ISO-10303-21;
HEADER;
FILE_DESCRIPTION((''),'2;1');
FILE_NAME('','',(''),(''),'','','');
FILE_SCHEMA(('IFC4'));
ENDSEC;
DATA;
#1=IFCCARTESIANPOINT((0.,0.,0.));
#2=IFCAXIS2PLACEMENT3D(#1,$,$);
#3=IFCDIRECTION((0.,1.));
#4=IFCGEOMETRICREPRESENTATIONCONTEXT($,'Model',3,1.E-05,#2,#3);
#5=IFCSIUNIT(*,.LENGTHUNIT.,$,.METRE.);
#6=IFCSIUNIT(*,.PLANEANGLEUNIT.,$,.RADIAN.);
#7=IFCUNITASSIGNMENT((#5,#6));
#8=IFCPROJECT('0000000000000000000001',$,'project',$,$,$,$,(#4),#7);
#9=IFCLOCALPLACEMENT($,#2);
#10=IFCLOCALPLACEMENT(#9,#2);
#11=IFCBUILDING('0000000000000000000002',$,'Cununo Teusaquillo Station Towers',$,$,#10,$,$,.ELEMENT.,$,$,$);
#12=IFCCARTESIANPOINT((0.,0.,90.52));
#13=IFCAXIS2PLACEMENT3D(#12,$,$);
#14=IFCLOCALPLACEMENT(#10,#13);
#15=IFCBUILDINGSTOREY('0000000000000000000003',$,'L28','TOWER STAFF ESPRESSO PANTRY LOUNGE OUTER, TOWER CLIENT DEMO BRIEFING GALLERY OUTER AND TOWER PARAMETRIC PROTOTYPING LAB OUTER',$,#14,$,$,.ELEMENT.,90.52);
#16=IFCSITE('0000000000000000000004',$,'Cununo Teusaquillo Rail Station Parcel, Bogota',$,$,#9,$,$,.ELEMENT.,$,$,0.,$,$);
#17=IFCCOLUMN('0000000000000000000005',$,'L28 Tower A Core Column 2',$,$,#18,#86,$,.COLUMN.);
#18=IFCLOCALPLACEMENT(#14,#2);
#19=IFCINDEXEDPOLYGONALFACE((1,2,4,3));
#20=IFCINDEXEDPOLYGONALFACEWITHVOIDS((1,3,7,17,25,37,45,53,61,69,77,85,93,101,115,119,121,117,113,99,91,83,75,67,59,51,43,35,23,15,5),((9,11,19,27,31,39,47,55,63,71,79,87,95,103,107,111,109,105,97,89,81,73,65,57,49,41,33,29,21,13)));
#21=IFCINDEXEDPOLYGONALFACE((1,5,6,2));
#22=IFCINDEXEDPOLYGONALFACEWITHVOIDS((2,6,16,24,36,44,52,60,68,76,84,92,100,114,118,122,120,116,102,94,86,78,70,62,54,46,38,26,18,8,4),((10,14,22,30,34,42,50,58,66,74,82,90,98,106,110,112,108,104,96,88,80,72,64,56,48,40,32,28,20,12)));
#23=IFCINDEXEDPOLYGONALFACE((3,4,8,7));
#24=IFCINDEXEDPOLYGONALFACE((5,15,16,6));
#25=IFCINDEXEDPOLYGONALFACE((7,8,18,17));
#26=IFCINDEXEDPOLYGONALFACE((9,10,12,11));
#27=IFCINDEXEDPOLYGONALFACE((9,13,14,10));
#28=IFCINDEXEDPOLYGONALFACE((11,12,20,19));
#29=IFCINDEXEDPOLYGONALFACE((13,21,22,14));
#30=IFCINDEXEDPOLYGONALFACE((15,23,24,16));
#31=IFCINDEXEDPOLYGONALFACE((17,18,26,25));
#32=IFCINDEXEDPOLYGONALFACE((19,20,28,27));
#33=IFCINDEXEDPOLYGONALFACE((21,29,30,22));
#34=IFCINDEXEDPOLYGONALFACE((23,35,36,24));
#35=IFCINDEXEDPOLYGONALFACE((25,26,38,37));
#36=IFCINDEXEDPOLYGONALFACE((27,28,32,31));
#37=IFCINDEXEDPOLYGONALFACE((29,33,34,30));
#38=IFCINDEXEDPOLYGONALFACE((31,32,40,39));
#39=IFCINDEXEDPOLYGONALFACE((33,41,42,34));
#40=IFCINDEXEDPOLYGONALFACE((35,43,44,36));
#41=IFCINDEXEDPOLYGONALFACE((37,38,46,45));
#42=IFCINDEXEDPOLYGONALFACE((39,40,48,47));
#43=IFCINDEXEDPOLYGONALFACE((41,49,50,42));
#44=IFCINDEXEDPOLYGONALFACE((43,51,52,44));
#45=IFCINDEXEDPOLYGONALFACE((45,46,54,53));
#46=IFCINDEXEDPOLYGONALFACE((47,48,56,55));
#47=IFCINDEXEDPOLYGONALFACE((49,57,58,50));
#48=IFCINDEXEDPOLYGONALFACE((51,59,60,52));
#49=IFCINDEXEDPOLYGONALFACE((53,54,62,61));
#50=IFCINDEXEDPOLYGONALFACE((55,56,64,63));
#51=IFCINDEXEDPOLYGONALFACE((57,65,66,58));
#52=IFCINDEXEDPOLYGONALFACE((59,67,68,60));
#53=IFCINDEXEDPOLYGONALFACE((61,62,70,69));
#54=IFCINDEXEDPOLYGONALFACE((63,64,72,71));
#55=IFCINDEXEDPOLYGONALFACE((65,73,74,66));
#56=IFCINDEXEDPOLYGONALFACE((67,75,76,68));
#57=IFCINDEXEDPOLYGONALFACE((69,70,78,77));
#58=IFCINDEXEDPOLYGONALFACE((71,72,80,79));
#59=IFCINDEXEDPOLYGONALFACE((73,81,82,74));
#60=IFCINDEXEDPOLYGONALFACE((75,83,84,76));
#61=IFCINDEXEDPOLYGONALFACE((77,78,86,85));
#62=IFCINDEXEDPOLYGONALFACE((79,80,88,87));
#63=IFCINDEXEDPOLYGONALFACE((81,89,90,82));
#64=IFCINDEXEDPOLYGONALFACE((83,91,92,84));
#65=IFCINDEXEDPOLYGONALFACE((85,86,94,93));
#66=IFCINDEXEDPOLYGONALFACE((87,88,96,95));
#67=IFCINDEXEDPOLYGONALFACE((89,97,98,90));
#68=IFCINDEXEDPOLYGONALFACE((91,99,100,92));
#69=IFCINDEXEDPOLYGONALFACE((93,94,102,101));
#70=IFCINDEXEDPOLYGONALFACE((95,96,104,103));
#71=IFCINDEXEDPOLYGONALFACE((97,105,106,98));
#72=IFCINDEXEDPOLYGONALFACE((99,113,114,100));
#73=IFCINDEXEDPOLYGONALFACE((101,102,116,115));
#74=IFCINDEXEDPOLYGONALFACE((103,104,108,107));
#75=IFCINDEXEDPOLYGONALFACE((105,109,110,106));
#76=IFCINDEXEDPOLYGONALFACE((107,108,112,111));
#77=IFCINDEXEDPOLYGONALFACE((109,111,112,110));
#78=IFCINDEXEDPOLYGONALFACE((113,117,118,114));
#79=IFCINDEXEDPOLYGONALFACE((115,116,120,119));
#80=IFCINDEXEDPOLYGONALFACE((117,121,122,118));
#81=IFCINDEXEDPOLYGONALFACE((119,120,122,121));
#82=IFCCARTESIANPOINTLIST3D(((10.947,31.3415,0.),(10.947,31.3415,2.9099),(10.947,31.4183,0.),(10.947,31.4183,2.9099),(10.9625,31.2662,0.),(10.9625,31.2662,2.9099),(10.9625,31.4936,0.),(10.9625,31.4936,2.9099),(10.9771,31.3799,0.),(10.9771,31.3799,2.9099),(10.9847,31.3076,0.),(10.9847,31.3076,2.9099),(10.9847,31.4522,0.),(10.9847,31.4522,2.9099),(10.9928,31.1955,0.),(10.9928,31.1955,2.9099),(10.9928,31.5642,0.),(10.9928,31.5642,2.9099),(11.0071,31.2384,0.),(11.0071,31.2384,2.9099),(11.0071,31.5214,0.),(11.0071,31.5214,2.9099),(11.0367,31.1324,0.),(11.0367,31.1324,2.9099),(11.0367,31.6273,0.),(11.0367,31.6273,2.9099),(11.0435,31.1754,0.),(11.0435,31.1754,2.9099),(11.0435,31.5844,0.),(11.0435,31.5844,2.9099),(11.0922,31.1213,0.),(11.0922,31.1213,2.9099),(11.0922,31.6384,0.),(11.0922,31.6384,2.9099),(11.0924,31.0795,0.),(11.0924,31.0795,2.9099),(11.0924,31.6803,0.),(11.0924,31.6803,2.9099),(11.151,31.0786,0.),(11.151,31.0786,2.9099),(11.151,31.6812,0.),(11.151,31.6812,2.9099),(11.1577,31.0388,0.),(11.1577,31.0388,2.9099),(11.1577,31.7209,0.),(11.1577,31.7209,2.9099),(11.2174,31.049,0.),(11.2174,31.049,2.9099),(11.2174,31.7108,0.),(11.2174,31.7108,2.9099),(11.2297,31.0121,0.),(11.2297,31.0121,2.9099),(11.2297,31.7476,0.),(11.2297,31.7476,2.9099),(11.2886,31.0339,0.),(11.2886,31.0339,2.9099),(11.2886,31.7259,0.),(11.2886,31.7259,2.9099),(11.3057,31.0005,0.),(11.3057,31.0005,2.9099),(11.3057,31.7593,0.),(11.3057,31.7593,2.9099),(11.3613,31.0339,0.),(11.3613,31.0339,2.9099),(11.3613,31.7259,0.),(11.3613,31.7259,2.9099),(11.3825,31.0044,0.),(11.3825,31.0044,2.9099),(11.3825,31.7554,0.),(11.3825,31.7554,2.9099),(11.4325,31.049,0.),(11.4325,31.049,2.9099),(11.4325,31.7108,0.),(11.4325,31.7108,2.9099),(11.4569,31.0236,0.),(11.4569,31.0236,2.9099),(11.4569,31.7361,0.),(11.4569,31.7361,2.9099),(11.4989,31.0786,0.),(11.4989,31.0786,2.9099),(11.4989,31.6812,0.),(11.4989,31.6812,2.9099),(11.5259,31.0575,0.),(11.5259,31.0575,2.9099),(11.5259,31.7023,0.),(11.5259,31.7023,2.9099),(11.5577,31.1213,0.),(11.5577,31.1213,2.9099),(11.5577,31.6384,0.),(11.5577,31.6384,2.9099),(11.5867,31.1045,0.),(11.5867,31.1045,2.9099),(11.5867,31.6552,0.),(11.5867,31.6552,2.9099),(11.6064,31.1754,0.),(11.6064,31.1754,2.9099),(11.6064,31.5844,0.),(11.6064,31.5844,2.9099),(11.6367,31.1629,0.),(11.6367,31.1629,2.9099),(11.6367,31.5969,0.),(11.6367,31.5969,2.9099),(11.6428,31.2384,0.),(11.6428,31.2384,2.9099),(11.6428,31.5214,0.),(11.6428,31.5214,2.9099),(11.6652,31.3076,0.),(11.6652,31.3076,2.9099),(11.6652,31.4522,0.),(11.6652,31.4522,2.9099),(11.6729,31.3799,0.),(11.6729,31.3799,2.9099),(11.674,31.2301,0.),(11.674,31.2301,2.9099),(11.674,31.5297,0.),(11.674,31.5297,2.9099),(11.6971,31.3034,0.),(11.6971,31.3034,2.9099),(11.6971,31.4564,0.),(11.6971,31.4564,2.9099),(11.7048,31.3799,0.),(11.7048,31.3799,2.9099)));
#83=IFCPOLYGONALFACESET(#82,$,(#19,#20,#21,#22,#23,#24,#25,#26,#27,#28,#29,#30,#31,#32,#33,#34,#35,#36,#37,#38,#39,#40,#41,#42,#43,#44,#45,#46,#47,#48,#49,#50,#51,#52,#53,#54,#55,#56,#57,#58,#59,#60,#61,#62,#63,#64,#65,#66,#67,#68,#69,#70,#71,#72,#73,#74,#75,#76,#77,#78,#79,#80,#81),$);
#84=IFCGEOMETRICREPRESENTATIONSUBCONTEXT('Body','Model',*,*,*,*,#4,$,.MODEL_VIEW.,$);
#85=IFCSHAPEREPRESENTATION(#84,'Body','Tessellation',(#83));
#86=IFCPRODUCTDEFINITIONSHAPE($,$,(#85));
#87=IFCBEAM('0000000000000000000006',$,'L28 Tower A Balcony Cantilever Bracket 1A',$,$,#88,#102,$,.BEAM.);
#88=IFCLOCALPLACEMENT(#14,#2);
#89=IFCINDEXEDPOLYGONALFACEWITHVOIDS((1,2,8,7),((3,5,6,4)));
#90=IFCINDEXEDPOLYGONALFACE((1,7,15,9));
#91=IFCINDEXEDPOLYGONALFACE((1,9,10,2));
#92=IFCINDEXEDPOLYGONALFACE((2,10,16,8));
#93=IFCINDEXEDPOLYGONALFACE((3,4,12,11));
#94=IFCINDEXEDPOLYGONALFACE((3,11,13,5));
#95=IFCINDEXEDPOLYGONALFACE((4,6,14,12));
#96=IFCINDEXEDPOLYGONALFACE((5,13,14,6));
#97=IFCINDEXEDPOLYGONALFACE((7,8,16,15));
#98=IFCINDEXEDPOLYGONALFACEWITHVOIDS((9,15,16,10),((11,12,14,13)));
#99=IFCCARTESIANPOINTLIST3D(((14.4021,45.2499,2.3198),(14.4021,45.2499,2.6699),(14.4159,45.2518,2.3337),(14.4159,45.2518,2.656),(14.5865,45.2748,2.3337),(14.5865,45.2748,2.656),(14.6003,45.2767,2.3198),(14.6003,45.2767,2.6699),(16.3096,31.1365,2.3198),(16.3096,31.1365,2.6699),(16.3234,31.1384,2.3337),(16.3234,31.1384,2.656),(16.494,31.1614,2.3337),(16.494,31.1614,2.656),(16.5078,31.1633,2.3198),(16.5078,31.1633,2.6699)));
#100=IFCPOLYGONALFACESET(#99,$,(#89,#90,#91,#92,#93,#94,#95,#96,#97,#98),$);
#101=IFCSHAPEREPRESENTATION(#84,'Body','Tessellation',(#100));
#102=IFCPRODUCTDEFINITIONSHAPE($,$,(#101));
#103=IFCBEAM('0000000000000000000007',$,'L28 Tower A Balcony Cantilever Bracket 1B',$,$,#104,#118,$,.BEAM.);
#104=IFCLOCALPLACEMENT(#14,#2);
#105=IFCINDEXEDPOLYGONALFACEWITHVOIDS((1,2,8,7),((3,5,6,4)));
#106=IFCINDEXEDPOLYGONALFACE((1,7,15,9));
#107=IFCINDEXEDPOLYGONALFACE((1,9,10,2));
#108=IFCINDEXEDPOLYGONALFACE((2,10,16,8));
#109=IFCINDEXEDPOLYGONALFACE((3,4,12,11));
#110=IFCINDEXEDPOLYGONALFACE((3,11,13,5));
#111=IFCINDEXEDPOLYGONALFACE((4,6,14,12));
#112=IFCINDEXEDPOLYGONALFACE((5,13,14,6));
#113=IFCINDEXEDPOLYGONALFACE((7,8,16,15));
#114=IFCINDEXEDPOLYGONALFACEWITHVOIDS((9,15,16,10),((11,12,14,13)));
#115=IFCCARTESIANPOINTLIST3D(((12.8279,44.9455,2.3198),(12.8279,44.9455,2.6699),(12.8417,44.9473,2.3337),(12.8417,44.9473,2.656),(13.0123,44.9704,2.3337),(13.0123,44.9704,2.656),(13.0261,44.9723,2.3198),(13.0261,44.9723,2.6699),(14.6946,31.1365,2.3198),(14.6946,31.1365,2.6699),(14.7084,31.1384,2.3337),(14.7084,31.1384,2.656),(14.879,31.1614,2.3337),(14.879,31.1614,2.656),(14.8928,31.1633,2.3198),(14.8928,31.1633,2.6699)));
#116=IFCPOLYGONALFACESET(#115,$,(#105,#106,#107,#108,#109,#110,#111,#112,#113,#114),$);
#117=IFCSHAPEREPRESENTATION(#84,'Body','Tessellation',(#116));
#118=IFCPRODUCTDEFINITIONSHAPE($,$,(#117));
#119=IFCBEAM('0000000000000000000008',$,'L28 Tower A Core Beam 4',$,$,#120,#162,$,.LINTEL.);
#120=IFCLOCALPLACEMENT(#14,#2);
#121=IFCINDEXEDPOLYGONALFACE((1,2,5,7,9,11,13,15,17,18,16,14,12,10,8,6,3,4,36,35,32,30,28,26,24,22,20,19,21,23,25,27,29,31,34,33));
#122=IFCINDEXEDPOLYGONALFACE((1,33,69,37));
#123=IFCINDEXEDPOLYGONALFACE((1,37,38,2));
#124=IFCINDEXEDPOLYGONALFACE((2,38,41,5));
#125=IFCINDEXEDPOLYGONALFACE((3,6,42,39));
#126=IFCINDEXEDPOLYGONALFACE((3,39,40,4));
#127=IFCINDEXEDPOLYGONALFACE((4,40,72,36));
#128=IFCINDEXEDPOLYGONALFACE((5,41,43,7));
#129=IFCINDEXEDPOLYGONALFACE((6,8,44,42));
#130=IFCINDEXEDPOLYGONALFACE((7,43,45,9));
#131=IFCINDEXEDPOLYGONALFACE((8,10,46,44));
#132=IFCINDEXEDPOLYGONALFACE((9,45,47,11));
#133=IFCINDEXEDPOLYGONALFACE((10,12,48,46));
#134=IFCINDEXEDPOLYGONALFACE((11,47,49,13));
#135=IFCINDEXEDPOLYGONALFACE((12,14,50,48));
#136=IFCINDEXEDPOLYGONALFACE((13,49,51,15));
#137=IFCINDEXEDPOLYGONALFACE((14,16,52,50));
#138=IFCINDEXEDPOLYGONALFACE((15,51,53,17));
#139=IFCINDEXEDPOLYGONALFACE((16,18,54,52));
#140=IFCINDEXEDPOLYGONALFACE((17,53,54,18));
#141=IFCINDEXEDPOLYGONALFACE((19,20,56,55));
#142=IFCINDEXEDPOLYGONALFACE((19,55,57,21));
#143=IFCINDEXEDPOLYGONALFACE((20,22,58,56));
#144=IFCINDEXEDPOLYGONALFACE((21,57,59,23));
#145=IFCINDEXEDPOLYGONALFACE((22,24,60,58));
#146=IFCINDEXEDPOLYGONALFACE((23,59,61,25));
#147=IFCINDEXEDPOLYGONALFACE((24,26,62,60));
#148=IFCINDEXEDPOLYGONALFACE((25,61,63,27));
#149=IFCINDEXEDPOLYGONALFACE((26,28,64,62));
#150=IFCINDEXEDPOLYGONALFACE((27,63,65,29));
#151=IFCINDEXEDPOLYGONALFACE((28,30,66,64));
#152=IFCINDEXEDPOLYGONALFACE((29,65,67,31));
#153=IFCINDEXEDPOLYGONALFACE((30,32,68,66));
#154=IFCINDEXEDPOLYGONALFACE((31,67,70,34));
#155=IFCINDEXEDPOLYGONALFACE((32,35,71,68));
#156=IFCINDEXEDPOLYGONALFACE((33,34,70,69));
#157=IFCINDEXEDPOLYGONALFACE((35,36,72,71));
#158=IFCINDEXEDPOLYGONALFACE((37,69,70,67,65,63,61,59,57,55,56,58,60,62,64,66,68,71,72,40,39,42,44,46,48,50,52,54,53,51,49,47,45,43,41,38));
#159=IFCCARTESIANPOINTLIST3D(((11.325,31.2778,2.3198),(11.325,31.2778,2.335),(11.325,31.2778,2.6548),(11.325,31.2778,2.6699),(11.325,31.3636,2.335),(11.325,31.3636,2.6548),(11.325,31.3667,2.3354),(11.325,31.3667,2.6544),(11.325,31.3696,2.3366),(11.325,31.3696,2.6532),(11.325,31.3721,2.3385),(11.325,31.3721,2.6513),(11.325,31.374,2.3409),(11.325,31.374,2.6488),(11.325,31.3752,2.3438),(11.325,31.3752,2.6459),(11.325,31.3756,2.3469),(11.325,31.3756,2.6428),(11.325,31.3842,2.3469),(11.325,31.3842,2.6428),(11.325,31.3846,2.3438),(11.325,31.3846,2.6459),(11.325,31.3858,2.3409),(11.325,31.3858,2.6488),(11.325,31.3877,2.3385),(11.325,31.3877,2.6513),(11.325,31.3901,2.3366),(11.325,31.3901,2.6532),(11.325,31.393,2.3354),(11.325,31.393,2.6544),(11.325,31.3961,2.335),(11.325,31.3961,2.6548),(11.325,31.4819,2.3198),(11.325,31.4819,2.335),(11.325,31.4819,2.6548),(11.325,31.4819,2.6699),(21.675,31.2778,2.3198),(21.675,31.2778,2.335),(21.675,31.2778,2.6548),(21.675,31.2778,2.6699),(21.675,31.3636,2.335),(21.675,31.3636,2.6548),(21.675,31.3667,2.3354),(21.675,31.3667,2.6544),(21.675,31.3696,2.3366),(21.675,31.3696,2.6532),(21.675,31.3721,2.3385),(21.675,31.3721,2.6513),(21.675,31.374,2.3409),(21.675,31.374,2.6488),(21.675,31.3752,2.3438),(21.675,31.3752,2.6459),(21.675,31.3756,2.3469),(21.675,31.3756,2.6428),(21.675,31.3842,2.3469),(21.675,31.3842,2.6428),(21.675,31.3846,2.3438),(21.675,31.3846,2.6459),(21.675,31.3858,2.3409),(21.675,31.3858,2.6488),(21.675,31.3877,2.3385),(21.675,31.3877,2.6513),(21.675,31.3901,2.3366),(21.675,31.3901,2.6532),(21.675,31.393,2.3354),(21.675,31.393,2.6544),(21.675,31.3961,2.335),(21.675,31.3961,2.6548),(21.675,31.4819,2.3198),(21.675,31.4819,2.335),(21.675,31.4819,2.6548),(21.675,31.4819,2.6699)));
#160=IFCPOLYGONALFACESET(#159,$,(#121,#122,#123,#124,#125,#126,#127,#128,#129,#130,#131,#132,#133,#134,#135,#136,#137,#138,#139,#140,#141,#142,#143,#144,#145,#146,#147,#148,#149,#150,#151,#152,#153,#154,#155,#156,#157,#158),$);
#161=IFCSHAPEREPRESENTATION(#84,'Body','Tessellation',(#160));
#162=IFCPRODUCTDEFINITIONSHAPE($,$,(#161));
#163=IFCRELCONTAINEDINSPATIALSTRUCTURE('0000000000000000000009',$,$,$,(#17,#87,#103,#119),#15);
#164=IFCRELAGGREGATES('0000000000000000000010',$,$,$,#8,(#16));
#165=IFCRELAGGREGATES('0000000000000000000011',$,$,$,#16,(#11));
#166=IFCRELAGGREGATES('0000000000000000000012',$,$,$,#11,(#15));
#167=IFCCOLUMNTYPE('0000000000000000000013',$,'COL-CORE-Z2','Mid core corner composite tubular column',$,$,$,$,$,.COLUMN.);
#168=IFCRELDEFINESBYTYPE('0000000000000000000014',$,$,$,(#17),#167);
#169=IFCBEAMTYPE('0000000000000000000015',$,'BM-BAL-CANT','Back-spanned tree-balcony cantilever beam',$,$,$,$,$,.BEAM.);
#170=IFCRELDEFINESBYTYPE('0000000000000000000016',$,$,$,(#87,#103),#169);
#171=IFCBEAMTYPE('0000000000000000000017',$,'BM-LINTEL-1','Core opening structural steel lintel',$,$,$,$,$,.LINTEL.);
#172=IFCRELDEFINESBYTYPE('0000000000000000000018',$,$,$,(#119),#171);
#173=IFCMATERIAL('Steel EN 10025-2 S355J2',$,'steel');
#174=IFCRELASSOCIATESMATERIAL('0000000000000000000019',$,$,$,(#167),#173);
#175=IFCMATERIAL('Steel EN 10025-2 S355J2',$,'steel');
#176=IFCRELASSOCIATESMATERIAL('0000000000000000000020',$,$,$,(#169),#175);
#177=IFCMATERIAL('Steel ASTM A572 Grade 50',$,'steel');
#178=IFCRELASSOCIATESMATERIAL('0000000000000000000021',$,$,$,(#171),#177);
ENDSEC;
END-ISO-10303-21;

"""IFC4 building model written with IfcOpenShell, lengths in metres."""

from ifc_helpers import new_model, si_unit, direction, frame, origin, origin_2d, place, context, subcontext, project, spatial, hollow_rectangle, hollow_circle, i_section, extrude, material, material_profile, profile_set, type_object, element, save


model = new_model("IFC4")

# Units and contexts
model_context = context("Model", 3, precision=1e-05, world=origin(), true_north=direction((0.0, 1.0)))
body_context = subcontext(model_context, "Body", "Model", "MODEL_VIEW")
ifc_project = project(units=[si_unit("LENGTHUNIT", "METRE"), si_unit("PLANEANGLEUNIT", "RADIAN")], contexts=[model_context])

# Site, building, storey
site_placement = place(None, origin())
site = spatial("IfcSite", under=ifc_project, at=site_placement, Name="Cununo Teusaquillo Rail Station Parcel, Bogota", CompositionType="ELEMENT", RefElevation=0.0)
building_placement = place(site_placement, origin())
building = spatial("IfcBuilding", under=site, at=building_placement, Name="Cununo Teusaquillo Station Towers", CompositionType="ELEMENT")
storey_placement = place(building_placement, frame((0.0, 0.0, 90.52)))
storey = spatial("IfcBuildingStorey", under=building, at=storey_placement, Name="L28", Description="TOWER STAFF ESPRESSO PANTRY LOUNGE OUTER, TOWER CLIENT DEMO BRIEFING GALLERY OUTER AND TOWER PARAMETRIC PROTOTYPING LAB OUTER", CompositionType="ELEMENT", Elevation=90.52)

# Column
ifc_material_1 = material(Name="Steel EN 10025-2 S355J2", Category="steel")
ifc_material_profile_1 = material_profile(ifc_material_1, hollow_circle(Radius=0.3799, WallThickness=0.032, at=origin_2d()), Name="CHS 760x32")
ifc_profile_set_1 = profile_set([ifc_material_profile_1], Name="Steel EN 10025-2 S355J2")
column_type = type_object("IfcColumnType", Name="COL-CORE-Z2", Description="Mid core corner composite tubular column", PredefinedType="COLUMN", material=ifc_profile_set_1)
column_placement = place(storey_placement, frame((11.325, 31.3799, 0.0), z_axis=(0.0, 0.0, 1.0), x_axis=(1.0, 0.0, 0.0)))
element("IfcColumn", 1, at=column_placement, inside=storey, type_object=column_type, Name="L28 Tower A Core Column 2", PredefinedType="COLUMN", context=body_context, shape_type="SweptSolid", body=[
    extrude(hollow_circle(Radius=0.3799, WallThickness=0.032, at=origin_2d()), origin(), (0.0, 0.0, 1.0), 2.9099),
])

# Beams
ifc_material_2 = material(Name="Steel EN 10025-2 S355J2", Category="steel")
ifc_material_profile_2 = material_profile(ifc_material_2, hollow_rectangle(XDim=0.2, YDim=0.3501, WallThickness=0.0139, at=origin_2d()), Name="RHS 350x200x14")
ifc_profile_set_2 = profile_set([ifc_material_profile_2], Name="Steel EN 10025-2 S355J2")
beam_type_1 = type_object("IfcBeamType", Name="BM-BAL-CANT", Description="Back-spanned tree-balcony cantilever beam", PredefinedType="BEAM", material=ifc_profile_set_2)
beam_1_placement = place(storey_placement, frame((16.4087, 31.1499, 2.4949), z_axis=(-0.133937, 0.99099, 0.0), x_axis=(-0.99099, -0.133937, 0.0)))
element("IfcBeam", 2, at=beam_1_placement, inside=storey, type_object=beam_type_1, Name="L28 Tower A Balcony Cantilever Bracket 1A", PredefinedType="BEAM", context=body_context, shape_type="SweptSolid", body=[
    extrude(hollow_rectangle(XDim=0.2, YDim=0.3501, WallThickness=0.0139, at=origin_2d()), origin(), (0.0, 0.0, 1.0), 14.2417),
])
beam_2_placement = place(storey_placement, frame((14.7937, 31.1499, 2.4949), z_axis=(-0.133961, 0.990987, 0.0), x_axis=(-0.990987, -0.133961, 0.0)))
element("IfcBeam", 3, at=beam_2_placement, inside=storey, type_object=beam_type_1, Name="L28 Tower A Balcony Cantilever Bracket 1B", PredefinedType="BEAM", context=body_context, shape_type="SweptSolid", body=[
    extrude(hollow_rectangle(XDim=0.2, YDim=0.3501, WallThickness=0.0139, at=origin_2d()), origin(), (0.0, 0.0, 1.0), 13.9346),
])
ifc_material_3 = material(Name="Steel ASTM A572 Grade 50", Category="steel")
ifc_material_profile_3 = material_profile(ifc_material_3, i_section(OverallWidth=0.2041, OverallDepth=0.3501, WebThickness=0.0085, FlangeThickness=0.0151, FilletRadius=0.012, at=origin_2d()), Name="W14X48")
ifc_profile_set_3 = profile_set([ifc_material_profile_3], Name="Steel ASTM A572 Grade 50")
beam_type_2 = type_object("IfcBeamType", Name="BM-LINTEL-1", Description="Core opening structural steel lintel", PredefinedType="LINTEL", material=ifc_profile_set_3)
beam_3_placement = place(storey_placement, frame((11.325, 31.3799, 2.4949), z_axis=(1.0, 0.0, 0.0), x_axis=(0.0, 1.0, 0.0)))
element("IfcBeam", 4, at=beam_3_placement, inside=storey, type_object=beam_type_2, Name="L28 Tower A Core Beam 4", PredefinedType="LINTEL", context=body_context, shape_type="SweptSolid", body=[
    extrude(i_section(OverallWidth=0.2041, OverallDepth=0.3501, WebThickness=0.0085, FlangeThickness=0.0151, FilletRadius=0.012, at=origin_2d()), origin(), (0.0, 0.0, 1.0), 10.3501),
])

save(model, "model.ifc")
